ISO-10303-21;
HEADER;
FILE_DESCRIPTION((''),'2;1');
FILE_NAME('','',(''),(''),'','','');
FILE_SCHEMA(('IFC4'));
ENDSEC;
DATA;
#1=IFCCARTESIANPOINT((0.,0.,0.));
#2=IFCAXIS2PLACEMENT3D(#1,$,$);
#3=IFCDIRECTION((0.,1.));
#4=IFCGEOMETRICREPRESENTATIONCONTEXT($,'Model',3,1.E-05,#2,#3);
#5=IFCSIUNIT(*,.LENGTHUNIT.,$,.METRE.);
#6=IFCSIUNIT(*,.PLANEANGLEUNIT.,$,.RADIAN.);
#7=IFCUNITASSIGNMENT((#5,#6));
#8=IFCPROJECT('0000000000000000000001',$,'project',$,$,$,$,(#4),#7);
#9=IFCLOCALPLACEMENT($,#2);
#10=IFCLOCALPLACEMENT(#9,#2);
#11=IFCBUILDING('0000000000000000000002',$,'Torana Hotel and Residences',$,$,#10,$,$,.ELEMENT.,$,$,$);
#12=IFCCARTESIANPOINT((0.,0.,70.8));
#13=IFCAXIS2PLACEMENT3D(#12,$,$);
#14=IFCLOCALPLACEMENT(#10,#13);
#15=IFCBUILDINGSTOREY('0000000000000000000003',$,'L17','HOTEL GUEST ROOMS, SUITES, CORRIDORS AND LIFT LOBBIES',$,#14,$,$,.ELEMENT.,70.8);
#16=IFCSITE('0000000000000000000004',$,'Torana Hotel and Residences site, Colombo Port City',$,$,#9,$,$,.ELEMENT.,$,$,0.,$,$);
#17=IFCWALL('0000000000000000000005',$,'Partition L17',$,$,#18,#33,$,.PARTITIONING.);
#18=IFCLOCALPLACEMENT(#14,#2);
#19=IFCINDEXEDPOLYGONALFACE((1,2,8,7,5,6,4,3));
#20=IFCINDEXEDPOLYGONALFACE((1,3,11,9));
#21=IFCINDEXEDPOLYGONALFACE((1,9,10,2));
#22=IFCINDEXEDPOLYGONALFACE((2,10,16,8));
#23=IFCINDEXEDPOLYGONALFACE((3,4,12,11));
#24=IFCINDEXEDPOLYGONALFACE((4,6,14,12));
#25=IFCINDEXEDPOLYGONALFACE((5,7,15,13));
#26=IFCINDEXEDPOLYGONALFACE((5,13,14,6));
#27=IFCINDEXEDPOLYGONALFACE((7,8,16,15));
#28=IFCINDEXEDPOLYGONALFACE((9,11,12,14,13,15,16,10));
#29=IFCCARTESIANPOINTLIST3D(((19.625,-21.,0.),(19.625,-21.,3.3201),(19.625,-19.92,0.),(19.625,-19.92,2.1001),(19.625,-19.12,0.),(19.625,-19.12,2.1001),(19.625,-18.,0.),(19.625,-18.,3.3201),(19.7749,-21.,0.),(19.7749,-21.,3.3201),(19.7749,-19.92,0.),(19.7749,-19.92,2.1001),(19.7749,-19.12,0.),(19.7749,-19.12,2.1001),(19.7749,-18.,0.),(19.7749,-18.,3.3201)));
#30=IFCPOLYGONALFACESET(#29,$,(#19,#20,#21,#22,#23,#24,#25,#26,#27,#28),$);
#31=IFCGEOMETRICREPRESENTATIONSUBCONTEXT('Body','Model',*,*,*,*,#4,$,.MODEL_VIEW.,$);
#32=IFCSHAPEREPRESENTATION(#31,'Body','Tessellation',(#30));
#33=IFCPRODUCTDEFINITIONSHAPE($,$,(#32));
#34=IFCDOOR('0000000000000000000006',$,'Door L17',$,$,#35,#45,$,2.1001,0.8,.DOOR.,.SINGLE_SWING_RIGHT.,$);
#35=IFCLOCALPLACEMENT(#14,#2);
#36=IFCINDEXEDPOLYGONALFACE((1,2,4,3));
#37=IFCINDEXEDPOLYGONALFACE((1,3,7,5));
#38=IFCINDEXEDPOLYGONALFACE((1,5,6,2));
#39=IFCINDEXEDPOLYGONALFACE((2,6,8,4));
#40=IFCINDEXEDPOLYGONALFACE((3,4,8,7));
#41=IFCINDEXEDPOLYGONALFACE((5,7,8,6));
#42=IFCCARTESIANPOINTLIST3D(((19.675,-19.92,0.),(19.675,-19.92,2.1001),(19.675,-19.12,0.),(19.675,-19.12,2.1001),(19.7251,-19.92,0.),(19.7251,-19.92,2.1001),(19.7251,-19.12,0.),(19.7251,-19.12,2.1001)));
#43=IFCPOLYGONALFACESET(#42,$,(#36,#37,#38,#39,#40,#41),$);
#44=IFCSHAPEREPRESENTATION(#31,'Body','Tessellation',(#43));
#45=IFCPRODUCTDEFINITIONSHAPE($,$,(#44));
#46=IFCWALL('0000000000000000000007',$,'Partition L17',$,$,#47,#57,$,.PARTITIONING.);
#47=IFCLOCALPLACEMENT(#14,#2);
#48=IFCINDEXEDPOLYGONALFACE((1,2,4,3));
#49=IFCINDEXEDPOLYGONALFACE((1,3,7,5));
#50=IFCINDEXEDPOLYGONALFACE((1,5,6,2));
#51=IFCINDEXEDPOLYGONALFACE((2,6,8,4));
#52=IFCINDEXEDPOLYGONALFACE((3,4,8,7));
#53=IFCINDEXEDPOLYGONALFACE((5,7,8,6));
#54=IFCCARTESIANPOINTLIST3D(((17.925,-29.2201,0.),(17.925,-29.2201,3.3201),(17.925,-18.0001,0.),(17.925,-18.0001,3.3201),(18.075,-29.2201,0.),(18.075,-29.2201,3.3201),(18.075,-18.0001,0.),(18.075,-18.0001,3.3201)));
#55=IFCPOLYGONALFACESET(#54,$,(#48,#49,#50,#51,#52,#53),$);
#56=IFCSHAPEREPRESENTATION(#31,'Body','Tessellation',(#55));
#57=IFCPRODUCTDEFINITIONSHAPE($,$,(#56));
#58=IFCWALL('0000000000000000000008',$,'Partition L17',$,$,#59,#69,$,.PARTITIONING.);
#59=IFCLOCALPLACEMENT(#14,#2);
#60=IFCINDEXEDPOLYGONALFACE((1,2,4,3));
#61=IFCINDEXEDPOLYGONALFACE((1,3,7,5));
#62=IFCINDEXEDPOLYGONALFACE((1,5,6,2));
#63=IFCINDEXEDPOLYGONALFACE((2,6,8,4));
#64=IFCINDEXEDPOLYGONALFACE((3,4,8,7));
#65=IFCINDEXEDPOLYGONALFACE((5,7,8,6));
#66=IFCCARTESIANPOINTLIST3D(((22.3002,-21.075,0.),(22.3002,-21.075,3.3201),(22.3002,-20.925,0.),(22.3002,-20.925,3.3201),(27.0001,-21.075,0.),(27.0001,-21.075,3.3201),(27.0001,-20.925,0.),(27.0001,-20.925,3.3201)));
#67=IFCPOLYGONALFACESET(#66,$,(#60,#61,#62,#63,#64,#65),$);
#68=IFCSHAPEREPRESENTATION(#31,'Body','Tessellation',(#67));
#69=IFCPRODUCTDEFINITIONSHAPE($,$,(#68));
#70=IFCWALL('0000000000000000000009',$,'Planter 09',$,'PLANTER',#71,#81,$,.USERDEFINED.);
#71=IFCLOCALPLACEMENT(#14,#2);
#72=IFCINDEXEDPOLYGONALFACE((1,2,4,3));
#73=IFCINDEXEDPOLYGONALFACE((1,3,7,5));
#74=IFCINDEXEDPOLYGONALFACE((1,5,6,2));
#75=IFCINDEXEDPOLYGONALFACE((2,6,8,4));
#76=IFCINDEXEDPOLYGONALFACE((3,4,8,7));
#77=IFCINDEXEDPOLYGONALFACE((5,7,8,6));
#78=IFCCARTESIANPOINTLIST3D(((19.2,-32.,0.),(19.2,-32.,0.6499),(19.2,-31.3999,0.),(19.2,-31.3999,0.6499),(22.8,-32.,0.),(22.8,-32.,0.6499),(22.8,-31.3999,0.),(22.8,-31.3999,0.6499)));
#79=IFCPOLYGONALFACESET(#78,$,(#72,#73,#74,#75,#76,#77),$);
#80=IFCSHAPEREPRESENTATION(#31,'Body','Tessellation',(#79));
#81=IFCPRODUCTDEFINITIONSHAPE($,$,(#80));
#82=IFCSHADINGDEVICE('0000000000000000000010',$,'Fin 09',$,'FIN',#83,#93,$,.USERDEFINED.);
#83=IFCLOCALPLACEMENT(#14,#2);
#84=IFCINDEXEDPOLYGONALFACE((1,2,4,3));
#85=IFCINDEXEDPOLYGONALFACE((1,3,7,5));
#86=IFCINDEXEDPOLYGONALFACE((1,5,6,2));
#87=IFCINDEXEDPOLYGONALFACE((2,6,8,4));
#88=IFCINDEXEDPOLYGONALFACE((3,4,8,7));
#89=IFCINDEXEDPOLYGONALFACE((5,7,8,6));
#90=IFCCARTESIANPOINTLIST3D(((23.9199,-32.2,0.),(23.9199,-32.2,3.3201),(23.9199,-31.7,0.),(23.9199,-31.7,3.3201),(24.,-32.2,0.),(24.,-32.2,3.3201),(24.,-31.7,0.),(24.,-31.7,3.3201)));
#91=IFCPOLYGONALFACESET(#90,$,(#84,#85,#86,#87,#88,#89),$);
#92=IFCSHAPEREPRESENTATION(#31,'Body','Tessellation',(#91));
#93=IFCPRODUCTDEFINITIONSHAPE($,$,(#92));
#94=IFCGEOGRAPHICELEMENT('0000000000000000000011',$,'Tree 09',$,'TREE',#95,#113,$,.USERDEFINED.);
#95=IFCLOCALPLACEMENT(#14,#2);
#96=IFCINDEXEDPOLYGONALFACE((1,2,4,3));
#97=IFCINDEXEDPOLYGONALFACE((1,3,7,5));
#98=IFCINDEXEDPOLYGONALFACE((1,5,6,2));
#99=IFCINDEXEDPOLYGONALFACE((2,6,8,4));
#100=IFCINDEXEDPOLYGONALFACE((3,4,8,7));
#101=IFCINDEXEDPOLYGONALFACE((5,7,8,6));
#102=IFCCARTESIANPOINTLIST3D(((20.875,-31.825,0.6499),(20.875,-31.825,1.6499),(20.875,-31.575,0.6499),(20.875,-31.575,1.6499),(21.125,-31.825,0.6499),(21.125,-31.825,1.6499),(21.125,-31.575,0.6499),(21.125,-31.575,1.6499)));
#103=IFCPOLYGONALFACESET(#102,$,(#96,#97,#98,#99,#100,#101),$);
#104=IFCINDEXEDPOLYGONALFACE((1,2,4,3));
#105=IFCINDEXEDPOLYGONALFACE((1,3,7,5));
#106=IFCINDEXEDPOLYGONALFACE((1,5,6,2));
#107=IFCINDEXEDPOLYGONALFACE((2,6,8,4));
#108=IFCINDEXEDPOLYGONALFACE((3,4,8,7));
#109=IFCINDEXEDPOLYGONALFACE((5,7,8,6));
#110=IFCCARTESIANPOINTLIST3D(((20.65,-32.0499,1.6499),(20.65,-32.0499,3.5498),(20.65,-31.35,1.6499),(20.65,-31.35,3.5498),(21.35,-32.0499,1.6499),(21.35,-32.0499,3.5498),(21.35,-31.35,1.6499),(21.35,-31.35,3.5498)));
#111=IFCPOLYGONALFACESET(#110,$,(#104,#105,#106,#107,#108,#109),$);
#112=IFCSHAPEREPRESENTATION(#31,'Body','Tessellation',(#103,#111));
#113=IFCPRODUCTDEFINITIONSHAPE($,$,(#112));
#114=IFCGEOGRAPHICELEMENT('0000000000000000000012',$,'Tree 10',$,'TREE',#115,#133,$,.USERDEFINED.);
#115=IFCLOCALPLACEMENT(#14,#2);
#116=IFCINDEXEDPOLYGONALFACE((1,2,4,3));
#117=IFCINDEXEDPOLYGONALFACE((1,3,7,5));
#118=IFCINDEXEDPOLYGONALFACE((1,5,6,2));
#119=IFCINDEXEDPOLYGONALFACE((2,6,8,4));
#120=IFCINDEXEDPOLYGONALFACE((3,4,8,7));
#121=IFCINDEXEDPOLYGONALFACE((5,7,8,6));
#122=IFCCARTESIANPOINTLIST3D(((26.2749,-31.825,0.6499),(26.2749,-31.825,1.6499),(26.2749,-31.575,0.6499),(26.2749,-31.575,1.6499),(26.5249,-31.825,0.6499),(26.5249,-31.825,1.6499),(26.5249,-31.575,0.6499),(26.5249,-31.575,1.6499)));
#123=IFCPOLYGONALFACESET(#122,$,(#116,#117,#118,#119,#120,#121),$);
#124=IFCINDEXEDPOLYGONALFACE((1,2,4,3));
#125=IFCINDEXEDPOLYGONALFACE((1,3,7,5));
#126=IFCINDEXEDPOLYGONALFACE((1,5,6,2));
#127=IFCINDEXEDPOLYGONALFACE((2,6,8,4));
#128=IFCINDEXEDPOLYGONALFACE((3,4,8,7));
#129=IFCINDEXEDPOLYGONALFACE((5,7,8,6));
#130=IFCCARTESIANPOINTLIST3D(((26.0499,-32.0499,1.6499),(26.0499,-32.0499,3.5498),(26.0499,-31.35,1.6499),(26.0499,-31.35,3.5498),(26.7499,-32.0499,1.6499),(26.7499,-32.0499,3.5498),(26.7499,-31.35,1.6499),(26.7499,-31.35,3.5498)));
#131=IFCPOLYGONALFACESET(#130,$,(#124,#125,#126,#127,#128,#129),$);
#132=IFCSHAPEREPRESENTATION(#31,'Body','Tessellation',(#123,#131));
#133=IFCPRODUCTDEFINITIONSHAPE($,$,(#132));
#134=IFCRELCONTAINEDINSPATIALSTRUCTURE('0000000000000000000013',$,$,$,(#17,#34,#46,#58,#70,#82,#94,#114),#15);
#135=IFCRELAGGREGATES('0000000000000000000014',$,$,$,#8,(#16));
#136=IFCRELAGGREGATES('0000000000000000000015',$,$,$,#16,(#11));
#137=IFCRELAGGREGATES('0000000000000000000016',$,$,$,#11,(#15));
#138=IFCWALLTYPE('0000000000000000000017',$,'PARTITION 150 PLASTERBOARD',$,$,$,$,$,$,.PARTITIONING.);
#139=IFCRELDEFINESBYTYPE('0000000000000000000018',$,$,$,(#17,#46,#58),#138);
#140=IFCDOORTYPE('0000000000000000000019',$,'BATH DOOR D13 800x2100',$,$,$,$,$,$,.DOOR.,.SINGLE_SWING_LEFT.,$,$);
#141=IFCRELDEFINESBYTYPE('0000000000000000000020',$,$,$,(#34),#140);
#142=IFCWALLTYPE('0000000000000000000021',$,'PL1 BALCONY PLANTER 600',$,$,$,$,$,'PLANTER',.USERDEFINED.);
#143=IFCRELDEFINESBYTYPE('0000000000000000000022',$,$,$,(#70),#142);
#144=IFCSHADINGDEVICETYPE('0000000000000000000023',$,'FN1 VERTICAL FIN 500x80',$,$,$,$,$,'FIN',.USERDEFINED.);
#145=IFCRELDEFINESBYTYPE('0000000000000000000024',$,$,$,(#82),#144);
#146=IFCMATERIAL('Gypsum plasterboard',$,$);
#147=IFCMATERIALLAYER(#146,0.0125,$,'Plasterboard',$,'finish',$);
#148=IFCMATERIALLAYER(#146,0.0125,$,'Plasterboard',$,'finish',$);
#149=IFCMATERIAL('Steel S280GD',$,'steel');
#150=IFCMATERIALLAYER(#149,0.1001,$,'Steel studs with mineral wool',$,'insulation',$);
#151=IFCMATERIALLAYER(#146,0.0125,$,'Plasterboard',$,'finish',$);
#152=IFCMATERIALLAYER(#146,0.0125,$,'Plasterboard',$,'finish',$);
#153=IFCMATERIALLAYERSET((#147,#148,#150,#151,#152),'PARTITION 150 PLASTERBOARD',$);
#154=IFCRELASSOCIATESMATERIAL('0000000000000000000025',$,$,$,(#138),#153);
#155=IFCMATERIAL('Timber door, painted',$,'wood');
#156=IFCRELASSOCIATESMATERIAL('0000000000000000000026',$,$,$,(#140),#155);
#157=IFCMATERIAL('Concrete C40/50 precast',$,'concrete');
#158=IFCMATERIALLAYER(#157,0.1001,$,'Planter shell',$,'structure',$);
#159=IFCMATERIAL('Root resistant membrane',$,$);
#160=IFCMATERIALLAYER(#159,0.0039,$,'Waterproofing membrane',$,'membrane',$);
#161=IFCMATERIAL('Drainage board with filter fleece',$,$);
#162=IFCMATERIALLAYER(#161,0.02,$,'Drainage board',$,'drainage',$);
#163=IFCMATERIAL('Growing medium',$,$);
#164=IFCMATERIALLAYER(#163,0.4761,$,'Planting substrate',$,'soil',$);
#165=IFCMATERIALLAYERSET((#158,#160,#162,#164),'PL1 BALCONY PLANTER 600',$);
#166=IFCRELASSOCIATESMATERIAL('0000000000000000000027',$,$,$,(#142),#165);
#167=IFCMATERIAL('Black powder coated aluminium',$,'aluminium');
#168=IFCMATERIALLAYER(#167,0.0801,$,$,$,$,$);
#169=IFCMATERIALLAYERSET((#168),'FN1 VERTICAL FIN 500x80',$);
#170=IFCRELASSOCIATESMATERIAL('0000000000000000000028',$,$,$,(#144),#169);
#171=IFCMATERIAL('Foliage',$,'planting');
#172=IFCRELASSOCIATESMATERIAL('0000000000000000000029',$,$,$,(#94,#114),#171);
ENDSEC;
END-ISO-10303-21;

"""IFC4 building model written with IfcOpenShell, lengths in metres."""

from ifc_helpers import new_model, si_unit, direction, frame, frame_2d, origin, origin_2d, place, context, subcontext, project, spatial, rectangle, extrude, material, layer, layer_set, type_object, element, fill, save


model = new_model("IFC4")

# Units and contexts
model_context = context("Model", 3, precision=1e-05, world=origin(), true_north=direction((0.0, 1.0)))
body_context = subcontext(model_context, "Body", "Model", "MODEL_VIEW")
ifc_project = project(units=[si_unit("LENGTHUNIT", "METRE"), si_unit("PLANEANGLEUNIT", "RADIAN")], contexts=[model_context])

# Site, building, storey
site_placement = place(None, origin())
site = spatial("IfcSite", under=ifc_project, at=site_placement, Name="Torana Hotel and Residences site, Colombo Port City", CompositionType="ELEMENT", RefElevation=0.0)
building_placement = place(site_placement, origin())
building = spatial("IfcBuilding", under=site, at=building_placement, Name="Torana Hotel and Residences", CompositionType="ELEMENT")
storey_placement = place(building_placement, frame((0.0, 0.0, 70.8)))
storey = spatial("IfcBuildingStorey", under=building, at=storey_placement, Name="L17", Description="HOTEL GUEST ROOMS, SUITES, CORRIDORS AND LIFT LOBBIES", CompositionType="ELEMENT", Elevation=70.8)

# Shared definitions
ifc_material_1 = material(Name="Gypsum plasterboard")
ifc_layer_1 = layer(ifc_material_1, 0.0125, Name="Plasterboard", Category="finish")
ifc_layer_2 = layer(ifc_material_1, 0.0125, Name="Plasterboard", Category="finish")
ifc_material_2 = material(Name="Steel S280GD", Category="steel")
ifc_layer_3 = layer(ifc_material_2, 0.1001, Name="Steel studs with mineral wool", Category="insulation")
ifc_layer_4 = layer(ifc_material_1, 0.0125, Name="Plasterboard", Category="finish")
ifc_layer_5 = layer(ifc_material_1, 0.0125, Name="Plasterboard", Category="finish")
ifc_layer_set_1 = layer_set([ifc_layer_1, ifc_layer_2, ifc_layer_3, ifc_layer_4, ifc_layer_5], Name="PARTITION 150 PLASTERBOARD")
wall_type_1 = type_object("IfcWallType", Name="PARTITION 150 PLASTERBOARD", PredefinedType="PARTITIONING", material=ifc_layer_set_1)

# Shared definitions
ifc_material_3 = material(Name="Timber door, painted", Category="wood")
door_type_1 = type_object("IfcDoorType", Name="BATH DOOR D13 800x2100", OperationType="SINGLE_SWING_LEFT", PredefinedType="DOOR", material=ifc_material_3)

# Wall, opening, door
wall_1_placement = place(storey_placement, frame((19.7, -21.0, 0.0), z_axis=(0.0, 0.0, 1.0), x_axis=(0.0, 1.0, 0.0)))
wall_1 = element("IfcWall", 1, at=wall_1_placement, inside=storey, type_object=wall_type_1, Name="Partition L17", PredefinedType="PARTITIONING", context=body_context, shape_type="SweptSolid", body=[
    extrude(rectangle(XDim=3.0, YDim=0.1499, at=frame_2d((1.5, 0.0))), origin(), (0.0, 0.0, 1.0), 3.3201),
])
opening_1_placement = place(wall_1_placement, frame((1.0801, 0.0, 0.0)))
opening_1 = element("IfcOpeningElement", 2, at=opening_1_placement, cuts=wall_1, PredefinedType="OPENING", context=body_context, shape_type="SweptSolid", body=[
    extrude(rectangle(XDim=0.8, YDim=2.1001, at=frame_2d((0.3999, 1.05))), frame((0.0, 0.085, 0.0), z_axis=(0.0, -1.0, 0.0), x_axis=(1.0, 0.0, 0.0)), (0.0, 0.0, 1.0), 0.1699),
])
door_1_placement = place(opening_1_placement, origin())
door_1 = element("IfcDoor", 3, at=door_1_placement, inside=storey, type_object=door_type_1, Name="Door L17", OperationType="SINGLE_SWING_RIGHT", OverallHeight=2.1001, OverallWidth=0.8, PredefinedType="DOOR", context=body_context, shape_type="SweptSolid", body=[
    extrude(rectangle(XDim=0.8, YDim=2.1001, at=frame_2d((0.3999, 1.05))), frame((0.0, 0.0249, 0.0), z_axis=(0.0, -1.0, 0.0), x_axis=(1.0, 0.0, 0.0)), (0.0, 0.0, 1.0), 0.05),
])
fill(opening_1, door_1)

# Walls
wall_2_placement = place(storey_placement, frame((18.0, -29.22, 0.0), z_axis=(0.0, 0.0, 1.0), x_axis=(0.0, 1.0, 0.0)))
element("IfcWall", 4, at=wall_2_placement, inside=storey, type_object=wall_type_1, Name="Partition L17", PredefinedType="PARTITIONING", context=body_context, shape_type="SweptSolid", body=[
    extrude(rectangle(XDim=11.22, YDim=0.1499, at=frame_2d((5.6099, 0.0))), origin(), (0.0, 0.0, 1.0), 3.3201),
])
wall_3_placement = place(storey_placement, frame((22.3, -21.0, 0.0), z_axis=(0.0, 0.0, 1.0), x_axis=(1.0, 0.0, 0.0)))
element("IfcWall", 5, at=wall_3_placement, inside=storey, type_object=wall_type_1, Name="Partition L17", PredefinedType="PARTITIONING", context=body_context, shape_type="SweptSolid", body=[
    extrude(rectangle(XDim=4.7, YDim=0.1499, at=frame_2d((2.3501, 0.0))), origin(), (0.0, 0.0, 1.0), 3.3201),
])
ifc_material_4 = material(Name="Concrete C40/50 precast", Category="concrete")
ifc_layer_6 = layer(ifc_material_4, 0.1001, Name="Planter shell", Category="structure")
ifc_material_5 = material(Name="Root resistant membrane")
ifc_layer_7 = layer(ifc_material_5, 0.0039, Name="Waterproofing membrane", Category="membrane")
ifc_material_6 = material(Name="Drainage board with filter fleece")
ifc_layer_8 = layer(ifc_material_6, 0.02, Name="Drainage board", Category="drainage")
ifc_material_7 = material(Name="Growing medium")
ifc_layer_9 = layer(ifc_material_7, 0.4761, Name="Planting substrate", Category="soil")
ifc_layer_set_2 = layer_set([ifc_layer_6, ifc_layer_7, ifc_layer_8, ifc_layer_9], Name="PL1 BALCONY PLANTER 600")
wall_type_2 = type_object("IfcWallType", Name="PL1 BALCONY PLANTER 600", ElementType="PLANTER", PredefinedType="USERDEFINED", material=ifc_layer_set_2)
wall_4_placement = place(storey_placement, frame((22.8, -31.7, 0.0), z_axis=(0.0, 0.0, 1.0), x_axis=(-1.0, 0.0, 0.0)))
element("IfcWall", 6, at=wall_4_placement, inside=storey, type_object=wall_type_2, Name="Planter 09", ObjectType="PLANTER", PredefinedType="USERDEFINED", context=body_context, shape_type="SweptSolid", body=[
    extrude(rectangle(XDim=3.6001, YDim=0.6001, at=frame_2d((1.8, 0.0))), origin(), (0.0, 0.0, 1.0), 0.6499),
])

# Shading device
ifc_material_8 = material(Name="Black powder coated aluminium", Category="aluminium")
ifc_layer_10 = layer(ifc_material_8, 0.0801)
ifc_layer_set_3 = layer_set([ifc_layer_10], Name="FN1 VERTICAL FIN 500x80")
shading_device_type = type_object("IfcShadingDeviceType", Name="FN1 VERTICAL FIN 500x80", ElementType="FIN", PredefinedType="USERDEFINED", material=ifc_layer_set_3)
shading_device_placement = place(storey_placement, frame((23.96, -31.95, 0.0), z_axis=(0.0, 0.0, 1.0), x_axis=(-1.0, 0.0, 0.0)))
element("IfcShadingDevice", 7, at=shading_device_placement, inside=storey, type_object=shading_device_type, Name="Fin 09", ObjectType="FIN", PredefinedType="USERDEFINED", context=body_context, shape_type="SweptSolid", body=[
    extrude(rectangle(XDim=0.0801, YDim=0.5, at=origin_2d()), origin(), (0.0, 0.0, 1.0), 3.3201),
])

# Geographic elements
ifc_material_9 = material(Name="Foliage", Category="planting")
for number, where, z_axis, x_axis, name in (
    (8, (21.0, -31.7, 0.6499), (0.0, 0.0, 1.0), (1.0, 0.0, 0.0), "Tree 09"),
    (9, (26.3999, -31.7, 0.6499), (0.0, 0.0, 1.0), (1.0, 0.0, 0.0), "Tree 10"),
):
    element("IfcGeographicElement", number, at=place(storey_placement, frame(where, z_axis=z_axis, x_axis=x_axis)), inside=storey, material=ifc_material_9, Name=name, ObjectType="TREE", PredefinedType="USERDEFINED", context=body_context, shape_type="SweptSolid", body=[
        extrude(rectangle(XDim=0.25, YDim=0.25, at=origin_2d()), origin(), (0.0, 0.0, 1.0), 1.0),
        extrude(rectangle(XDim=0.7, YDim=0.7, at=origin_2d()), frame((0.0, 0.0, 1.0)), (0.0, 0.0, 1.0), 1.8999),
    ])

save(model, "model.ifc")
